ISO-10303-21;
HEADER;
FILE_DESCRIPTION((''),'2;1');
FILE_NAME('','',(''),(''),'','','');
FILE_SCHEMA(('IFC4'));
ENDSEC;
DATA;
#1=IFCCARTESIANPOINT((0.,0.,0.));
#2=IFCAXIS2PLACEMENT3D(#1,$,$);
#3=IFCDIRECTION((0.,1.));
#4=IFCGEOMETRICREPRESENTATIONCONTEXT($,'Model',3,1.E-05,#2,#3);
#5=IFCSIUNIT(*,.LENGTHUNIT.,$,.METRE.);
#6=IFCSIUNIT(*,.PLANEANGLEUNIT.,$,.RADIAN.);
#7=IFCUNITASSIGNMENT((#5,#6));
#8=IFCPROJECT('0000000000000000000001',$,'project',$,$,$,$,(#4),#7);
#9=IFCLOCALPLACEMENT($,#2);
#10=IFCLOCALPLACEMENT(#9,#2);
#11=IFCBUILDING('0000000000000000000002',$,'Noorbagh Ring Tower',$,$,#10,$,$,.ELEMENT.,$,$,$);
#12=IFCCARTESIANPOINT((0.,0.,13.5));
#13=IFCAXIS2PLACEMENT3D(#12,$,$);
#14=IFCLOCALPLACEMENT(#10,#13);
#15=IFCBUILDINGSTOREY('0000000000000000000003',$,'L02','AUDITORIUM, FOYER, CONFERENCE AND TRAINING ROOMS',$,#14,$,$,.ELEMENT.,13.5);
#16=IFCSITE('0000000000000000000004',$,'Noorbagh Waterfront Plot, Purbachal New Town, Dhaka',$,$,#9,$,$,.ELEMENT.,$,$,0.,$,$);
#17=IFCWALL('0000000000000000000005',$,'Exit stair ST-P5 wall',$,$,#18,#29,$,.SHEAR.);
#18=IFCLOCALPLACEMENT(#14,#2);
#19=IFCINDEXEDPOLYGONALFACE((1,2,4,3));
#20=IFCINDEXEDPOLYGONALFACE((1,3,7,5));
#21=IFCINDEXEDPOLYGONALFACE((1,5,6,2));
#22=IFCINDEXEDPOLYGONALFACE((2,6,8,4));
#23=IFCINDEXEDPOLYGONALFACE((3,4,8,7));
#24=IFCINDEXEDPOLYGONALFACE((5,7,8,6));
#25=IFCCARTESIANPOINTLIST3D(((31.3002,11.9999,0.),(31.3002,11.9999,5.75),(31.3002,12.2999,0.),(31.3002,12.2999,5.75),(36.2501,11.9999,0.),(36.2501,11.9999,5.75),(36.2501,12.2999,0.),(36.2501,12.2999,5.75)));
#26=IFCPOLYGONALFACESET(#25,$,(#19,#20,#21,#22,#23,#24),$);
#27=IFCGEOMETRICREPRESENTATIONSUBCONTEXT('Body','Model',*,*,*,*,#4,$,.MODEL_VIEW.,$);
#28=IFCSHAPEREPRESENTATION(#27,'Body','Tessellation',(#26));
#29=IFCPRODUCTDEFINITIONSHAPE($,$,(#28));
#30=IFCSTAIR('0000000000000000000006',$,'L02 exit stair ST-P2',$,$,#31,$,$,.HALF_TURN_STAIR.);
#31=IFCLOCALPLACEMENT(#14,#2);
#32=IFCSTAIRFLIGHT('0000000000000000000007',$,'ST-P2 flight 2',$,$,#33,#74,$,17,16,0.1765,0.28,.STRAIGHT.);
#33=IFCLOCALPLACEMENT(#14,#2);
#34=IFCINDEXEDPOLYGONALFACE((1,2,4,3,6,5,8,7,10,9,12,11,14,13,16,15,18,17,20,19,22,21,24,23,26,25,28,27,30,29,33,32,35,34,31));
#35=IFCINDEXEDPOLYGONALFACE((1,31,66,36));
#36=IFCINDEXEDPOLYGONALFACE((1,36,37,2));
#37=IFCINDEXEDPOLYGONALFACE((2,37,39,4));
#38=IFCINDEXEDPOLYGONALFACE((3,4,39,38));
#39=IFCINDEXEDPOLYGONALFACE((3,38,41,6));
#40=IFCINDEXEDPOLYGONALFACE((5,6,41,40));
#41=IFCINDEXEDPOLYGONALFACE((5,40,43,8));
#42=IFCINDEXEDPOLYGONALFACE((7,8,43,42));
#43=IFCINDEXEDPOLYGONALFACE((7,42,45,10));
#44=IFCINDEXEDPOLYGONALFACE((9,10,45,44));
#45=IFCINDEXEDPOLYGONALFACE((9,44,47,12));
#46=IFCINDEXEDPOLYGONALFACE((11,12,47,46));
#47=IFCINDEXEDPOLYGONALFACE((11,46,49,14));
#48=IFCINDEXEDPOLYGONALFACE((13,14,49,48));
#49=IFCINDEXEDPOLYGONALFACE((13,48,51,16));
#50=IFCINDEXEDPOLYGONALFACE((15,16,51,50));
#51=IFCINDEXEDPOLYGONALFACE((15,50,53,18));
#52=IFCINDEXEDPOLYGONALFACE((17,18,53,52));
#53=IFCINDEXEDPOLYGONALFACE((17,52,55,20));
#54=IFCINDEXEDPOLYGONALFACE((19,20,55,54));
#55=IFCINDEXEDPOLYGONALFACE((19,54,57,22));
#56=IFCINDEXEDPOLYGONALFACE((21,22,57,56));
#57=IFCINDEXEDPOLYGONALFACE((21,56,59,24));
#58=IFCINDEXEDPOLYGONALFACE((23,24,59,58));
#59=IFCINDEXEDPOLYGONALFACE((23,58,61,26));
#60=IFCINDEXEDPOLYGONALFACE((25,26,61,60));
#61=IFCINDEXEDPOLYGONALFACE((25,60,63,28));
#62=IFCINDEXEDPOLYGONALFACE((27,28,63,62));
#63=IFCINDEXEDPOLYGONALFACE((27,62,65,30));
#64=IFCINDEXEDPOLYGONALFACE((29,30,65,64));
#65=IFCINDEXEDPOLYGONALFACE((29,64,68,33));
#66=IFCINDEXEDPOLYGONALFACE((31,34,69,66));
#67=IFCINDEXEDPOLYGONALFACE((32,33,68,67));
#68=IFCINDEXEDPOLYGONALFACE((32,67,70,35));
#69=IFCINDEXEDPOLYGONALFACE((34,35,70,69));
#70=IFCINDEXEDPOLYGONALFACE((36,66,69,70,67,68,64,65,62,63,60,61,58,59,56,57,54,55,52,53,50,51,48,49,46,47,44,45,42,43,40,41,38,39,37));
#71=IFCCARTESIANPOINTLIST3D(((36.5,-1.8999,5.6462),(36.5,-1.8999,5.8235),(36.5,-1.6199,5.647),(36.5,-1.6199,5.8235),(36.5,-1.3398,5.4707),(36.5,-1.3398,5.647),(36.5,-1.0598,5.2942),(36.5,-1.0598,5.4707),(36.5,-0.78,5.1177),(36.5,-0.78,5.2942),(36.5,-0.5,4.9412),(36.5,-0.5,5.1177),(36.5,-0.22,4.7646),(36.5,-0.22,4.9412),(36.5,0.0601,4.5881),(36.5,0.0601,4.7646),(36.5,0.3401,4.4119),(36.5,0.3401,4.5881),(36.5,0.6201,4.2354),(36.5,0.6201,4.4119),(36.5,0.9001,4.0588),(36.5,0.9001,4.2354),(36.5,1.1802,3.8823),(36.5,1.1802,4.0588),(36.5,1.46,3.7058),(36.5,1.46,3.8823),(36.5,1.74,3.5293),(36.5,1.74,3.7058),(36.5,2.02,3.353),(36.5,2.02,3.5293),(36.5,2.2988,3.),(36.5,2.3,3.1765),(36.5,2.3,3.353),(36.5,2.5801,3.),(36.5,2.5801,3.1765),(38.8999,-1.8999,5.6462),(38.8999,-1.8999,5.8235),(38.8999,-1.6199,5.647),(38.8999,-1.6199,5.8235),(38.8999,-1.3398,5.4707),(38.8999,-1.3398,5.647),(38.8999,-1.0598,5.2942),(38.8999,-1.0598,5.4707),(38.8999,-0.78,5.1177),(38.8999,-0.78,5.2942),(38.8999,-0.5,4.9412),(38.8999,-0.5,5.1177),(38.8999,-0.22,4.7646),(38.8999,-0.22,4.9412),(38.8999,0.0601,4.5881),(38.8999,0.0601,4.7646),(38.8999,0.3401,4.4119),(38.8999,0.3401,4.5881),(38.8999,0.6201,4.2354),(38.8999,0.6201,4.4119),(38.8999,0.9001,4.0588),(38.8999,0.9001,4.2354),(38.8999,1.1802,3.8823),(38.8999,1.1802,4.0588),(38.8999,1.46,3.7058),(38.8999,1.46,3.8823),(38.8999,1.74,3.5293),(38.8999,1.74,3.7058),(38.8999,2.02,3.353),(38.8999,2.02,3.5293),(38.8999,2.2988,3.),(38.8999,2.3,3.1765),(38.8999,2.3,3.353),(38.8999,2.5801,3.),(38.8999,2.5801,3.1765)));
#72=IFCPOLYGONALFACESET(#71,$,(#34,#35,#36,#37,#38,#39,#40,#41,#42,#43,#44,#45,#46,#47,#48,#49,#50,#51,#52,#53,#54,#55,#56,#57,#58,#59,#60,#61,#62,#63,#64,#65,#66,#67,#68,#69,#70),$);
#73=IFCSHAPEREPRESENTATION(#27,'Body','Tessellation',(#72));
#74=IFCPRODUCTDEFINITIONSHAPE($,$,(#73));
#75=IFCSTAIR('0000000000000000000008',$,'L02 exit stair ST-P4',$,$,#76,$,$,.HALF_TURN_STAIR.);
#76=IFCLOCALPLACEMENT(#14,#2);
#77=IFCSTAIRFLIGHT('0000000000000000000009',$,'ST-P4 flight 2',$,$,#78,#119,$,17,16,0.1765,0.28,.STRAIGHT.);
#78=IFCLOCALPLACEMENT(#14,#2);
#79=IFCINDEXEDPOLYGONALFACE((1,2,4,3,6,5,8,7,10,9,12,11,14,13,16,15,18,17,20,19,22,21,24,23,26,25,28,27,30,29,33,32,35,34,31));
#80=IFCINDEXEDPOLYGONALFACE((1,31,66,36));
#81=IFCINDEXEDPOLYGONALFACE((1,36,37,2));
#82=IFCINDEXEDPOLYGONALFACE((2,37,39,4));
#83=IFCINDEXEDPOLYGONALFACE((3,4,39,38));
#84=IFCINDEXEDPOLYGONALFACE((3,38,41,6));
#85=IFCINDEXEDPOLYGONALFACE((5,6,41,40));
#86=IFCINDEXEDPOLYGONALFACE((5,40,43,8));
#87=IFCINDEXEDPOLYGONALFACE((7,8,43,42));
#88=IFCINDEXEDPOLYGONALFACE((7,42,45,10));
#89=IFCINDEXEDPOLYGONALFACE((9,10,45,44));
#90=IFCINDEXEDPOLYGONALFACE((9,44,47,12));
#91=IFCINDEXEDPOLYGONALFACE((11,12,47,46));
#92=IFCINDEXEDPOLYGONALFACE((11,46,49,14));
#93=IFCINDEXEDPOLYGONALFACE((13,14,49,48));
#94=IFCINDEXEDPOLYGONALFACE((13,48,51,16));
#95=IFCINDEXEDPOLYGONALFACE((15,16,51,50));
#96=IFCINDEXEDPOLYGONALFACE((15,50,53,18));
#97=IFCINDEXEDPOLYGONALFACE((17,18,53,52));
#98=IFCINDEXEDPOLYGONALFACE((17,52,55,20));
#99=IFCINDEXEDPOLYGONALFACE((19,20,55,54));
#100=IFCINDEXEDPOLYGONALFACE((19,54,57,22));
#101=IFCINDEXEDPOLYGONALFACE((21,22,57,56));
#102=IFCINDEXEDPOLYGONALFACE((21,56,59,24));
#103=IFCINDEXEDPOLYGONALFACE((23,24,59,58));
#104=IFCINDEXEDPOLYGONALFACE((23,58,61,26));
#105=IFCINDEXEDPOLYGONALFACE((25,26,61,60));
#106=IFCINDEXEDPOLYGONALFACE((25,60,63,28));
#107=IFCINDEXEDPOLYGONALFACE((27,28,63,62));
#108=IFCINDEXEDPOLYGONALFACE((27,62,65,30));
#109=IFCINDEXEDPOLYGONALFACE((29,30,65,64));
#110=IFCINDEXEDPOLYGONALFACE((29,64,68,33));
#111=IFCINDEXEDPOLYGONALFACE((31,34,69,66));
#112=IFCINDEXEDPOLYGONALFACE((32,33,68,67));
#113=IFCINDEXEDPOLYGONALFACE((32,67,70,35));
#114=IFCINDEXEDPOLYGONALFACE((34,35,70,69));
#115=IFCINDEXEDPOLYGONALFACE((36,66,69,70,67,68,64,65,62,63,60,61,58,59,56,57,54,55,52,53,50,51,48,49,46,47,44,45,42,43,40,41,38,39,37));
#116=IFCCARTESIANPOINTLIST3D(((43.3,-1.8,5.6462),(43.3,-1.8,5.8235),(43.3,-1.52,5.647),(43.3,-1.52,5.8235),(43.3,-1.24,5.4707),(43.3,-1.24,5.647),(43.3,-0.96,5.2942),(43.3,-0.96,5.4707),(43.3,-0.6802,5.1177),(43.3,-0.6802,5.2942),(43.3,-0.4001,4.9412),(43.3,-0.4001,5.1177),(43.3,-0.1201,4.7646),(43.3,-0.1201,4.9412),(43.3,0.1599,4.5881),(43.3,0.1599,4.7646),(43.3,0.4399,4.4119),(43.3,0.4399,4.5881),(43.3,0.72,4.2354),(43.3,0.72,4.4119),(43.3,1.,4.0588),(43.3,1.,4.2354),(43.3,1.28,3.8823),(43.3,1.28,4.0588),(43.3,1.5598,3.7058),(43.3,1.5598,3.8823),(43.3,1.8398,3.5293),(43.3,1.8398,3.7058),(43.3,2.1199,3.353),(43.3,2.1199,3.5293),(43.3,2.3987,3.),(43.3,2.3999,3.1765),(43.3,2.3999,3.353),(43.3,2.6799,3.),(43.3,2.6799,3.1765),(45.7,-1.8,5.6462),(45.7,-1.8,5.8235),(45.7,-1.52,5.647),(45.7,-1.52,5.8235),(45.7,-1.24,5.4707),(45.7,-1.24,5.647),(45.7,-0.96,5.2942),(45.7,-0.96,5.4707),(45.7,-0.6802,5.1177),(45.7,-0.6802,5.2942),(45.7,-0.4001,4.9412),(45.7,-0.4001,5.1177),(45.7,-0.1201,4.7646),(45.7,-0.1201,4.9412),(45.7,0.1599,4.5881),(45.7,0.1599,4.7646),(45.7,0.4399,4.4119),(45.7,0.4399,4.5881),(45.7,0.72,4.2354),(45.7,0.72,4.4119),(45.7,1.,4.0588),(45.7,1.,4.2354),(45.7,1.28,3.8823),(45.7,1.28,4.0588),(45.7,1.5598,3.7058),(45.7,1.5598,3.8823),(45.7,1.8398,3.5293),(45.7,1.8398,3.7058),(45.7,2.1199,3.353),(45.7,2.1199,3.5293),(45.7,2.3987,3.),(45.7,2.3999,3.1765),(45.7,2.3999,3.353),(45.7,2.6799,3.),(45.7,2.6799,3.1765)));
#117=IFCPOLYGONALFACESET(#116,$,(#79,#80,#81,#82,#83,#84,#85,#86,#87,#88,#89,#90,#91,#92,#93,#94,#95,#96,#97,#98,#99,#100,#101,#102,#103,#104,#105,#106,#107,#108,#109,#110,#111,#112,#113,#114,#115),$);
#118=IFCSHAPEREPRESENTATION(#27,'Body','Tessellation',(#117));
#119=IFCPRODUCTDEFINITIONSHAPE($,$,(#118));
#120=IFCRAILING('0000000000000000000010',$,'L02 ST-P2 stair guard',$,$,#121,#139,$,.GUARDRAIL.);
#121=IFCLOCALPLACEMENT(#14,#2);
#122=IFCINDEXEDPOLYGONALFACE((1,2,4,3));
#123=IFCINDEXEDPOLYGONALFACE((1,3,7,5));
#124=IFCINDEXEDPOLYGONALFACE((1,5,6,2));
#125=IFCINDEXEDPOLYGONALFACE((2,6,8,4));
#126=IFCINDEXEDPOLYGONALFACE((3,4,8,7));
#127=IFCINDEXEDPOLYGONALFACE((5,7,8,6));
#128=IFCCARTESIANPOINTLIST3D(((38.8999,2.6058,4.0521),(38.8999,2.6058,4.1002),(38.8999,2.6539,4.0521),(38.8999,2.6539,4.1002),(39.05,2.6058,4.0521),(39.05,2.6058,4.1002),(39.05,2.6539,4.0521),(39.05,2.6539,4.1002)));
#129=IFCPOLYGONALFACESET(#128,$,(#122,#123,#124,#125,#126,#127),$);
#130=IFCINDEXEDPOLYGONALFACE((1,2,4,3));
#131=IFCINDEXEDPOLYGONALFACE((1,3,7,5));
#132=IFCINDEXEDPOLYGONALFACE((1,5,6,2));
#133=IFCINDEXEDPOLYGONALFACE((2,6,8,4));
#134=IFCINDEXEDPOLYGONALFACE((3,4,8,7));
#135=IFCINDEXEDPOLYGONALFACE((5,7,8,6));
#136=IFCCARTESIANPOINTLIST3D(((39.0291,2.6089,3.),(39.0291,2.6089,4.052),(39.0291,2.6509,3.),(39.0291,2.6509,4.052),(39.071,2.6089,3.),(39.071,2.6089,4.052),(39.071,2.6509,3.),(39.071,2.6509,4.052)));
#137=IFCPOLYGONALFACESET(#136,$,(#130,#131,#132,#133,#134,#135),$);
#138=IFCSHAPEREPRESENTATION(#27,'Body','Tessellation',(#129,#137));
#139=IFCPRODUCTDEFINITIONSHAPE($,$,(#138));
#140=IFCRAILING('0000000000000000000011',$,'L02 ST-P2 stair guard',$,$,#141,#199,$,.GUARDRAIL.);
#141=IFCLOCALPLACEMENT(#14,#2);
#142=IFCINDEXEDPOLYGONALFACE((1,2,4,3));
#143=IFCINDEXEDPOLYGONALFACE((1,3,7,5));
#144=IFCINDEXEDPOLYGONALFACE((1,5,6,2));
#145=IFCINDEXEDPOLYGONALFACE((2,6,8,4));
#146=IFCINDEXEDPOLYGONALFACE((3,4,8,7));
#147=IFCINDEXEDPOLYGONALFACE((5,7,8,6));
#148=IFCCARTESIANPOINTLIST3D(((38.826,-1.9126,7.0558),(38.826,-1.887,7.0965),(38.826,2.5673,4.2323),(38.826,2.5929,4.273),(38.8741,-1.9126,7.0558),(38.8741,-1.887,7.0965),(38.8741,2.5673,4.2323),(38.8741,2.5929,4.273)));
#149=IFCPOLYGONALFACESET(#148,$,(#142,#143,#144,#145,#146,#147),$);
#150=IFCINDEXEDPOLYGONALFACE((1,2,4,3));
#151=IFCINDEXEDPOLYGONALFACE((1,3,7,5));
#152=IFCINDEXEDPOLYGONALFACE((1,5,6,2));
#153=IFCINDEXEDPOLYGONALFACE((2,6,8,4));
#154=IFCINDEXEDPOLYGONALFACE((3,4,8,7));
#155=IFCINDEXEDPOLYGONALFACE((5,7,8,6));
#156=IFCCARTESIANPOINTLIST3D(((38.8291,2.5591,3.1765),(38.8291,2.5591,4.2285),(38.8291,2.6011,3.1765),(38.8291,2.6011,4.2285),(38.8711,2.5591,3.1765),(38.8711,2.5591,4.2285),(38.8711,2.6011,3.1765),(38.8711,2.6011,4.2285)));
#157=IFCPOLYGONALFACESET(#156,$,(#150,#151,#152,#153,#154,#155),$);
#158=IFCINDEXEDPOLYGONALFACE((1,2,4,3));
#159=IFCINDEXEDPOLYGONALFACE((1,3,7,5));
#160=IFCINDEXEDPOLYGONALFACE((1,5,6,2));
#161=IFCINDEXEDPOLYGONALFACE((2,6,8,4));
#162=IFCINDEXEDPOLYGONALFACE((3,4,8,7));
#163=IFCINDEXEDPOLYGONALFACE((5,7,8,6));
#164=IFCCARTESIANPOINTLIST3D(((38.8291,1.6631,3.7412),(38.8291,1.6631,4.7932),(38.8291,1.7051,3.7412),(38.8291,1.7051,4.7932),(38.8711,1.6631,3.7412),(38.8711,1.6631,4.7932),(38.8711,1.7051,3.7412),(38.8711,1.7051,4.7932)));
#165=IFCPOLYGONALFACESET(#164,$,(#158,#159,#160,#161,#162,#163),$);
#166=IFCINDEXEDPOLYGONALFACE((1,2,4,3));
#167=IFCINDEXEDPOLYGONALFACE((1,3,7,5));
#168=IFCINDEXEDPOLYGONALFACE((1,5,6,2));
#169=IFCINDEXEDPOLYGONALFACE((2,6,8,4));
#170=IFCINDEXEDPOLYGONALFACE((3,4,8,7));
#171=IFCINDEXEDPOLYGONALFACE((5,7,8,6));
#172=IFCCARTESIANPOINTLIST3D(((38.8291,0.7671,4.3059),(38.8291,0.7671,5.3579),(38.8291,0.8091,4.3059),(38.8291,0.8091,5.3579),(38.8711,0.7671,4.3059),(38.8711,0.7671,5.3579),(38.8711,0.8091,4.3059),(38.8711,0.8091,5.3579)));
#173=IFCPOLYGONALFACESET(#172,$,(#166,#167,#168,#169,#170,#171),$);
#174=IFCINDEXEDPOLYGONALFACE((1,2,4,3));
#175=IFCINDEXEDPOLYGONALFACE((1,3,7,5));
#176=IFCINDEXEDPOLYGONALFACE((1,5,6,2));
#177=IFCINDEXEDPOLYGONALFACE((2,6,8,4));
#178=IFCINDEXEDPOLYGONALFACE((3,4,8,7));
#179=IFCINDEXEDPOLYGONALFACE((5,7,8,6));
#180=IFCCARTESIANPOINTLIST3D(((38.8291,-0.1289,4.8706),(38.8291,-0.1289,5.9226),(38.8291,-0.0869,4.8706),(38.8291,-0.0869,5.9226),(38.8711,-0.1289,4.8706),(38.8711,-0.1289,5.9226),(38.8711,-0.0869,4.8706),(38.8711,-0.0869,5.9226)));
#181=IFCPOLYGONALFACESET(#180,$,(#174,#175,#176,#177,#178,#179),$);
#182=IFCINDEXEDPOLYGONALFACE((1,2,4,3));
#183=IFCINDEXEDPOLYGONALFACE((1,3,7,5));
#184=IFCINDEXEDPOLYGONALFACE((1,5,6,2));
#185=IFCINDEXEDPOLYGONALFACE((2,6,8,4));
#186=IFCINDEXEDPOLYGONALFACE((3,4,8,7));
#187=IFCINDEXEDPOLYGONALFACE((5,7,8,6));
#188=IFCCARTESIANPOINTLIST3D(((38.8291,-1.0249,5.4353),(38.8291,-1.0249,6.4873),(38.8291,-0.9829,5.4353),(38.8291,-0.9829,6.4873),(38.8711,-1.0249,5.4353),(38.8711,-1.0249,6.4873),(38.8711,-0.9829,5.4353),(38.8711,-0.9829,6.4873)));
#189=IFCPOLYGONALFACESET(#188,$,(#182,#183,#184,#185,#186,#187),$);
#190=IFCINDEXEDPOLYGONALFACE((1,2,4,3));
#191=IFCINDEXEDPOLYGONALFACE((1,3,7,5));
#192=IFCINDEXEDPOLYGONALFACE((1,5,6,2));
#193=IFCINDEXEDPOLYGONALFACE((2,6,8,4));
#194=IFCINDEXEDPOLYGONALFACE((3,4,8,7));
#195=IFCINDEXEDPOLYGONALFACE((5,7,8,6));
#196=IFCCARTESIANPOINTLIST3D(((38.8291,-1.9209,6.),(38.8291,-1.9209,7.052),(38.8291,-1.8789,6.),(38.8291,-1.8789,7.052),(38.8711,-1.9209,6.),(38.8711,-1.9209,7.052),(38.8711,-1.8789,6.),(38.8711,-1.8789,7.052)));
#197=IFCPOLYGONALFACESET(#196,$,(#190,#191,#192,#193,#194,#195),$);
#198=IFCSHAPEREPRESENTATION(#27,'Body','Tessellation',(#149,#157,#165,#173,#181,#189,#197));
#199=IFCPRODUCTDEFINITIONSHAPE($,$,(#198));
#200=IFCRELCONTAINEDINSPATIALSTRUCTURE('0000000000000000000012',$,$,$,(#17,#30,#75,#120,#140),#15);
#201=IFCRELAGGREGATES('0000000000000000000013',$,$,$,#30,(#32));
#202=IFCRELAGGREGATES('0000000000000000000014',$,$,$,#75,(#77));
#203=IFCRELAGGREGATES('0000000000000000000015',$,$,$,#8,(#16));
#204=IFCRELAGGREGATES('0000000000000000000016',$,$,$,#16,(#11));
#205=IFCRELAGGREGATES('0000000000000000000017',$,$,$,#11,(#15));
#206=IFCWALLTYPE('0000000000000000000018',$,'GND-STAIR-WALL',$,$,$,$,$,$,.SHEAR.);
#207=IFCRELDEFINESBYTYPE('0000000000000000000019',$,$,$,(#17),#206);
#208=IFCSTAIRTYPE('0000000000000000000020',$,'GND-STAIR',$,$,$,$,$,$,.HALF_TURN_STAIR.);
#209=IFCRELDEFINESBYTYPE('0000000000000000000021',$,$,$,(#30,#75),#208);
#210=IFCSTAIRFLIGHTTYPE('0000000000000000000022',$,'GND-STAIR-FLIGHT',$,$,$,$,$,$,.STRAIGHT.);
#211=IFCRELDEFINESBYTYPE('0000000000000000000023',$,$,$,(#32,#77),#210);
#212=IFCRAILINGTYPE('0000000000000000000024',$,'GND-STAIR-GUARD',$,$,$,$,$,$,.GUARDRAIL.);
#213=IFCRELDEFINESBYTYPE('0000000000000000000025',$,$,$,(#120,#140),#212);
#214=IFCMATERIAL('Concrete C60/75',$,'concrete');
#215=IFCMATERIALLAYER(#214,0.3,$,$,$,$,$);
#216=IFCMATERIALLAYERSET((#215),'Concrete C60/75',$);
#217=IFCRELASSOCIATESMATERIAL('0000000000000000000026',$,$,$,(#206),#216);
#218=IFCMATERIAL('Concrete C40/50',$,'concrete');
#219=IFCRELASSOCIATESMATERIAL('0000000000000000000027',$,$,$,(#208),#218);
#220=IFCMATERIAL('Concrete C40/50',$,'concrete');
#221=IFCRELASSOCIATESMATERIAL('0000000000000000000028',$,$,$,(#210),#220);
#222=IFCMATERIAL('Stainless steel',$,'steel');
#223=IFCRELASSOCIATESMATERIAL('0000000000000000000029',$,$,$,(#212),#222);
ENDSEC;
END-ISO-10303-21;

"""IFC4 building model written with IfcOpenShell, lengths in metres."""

from ifc_helpers import new_model, si_unit, direction, frame, frame_2d, origin, origin_2d, place, context, subcontext, project, spatial, polyline, rectangle, outline, extrude, material, layer, layer_set, type_object, element, aggregate, save


model = new_model("IFC4")

# Units and contexts
model_context = context("Model", 3, precision=1e-05, world=origin(), true_north=direction((0.0, 1.0)))
body_context = subcontext(model_context, "Body", "Model", "MODEL_VIEW")
ifc_project = project(units=[si_unit("LENGTHUNIT", "METRE"), si_unit("PLANEANGLEUNIT", "RADIAN")], contexts=[model_context])

# Site, building, storey
site_placement = place(None, origin())
site = spatial("IfcSite", under=ifc_project, at=site_placement, Name="Noorbagh Waterfront Plot, Purbachal New Town, Dhaka", CompositionType="ELEMENT", RefElevation=0.0)
building_placement = place(site_placement, origin())
building = spatial("IfcBuilding", under=site, at=building_placement, Name="Noorbagh Ring Tower", CompositionType="ELEMENT")
storey_placement = place(building_placement, frame((0.0, 0.0, 13.5)))
storey = spatial("IfcBuildingStorey", under=building, at=storey_placement, Name="L02", Description="AUDITORIUM, FOYER, CONFERENCE AND TRAINING ROOMS", CompositionType="ELEMENT", Elevation=13.5)

# Wall
ifc_material_1 = material(Name="Concrete C60/75", Category="concrete")
ifc_layer_1 = layer(ifc_material_1, 0.3)
ifc_layer_set_1 = layer_set([ifc_layer_1], Name="Concrete C60/75")
wall_type_1 = type_object("IfcWallType", Name="GND-STAIR-WALL", PredefinedType="SHEAR", material=ifc_layer_set_1)
wall_1_placement = place(storey_placement, frame((31.3, 12.1499, 0.0), z_axis=(0.0, 0.0, 1.0), x_axis=(1.0, 0.0, 0.0)))
element("IfcWall", 1, at=wall_1_placement, inside=storey, type_object=wall_type_1, Name="Exit stair ST-P5 wall", PredefinedType="SHEAR", context=body_context, shape_type="SweptSolid", body=[
    extrude(rectangle(XDim=4.95, YDim=0.3, at=frame_2d((2.4751, 0.0))), origin(), (0.0, 0.0, 1.0), 5.75),
])

# Stairs, stair flights
ifc_material_2 = material(Name="Concrete C40/50", Category="concrete")
stair_type = type_object("IfcStairType", Name="GND-STAIR", PredefinedType="HALF_TURN_STAIR", material=ifc_material_2)
stair_1_placement = place(storey_placement, origin())
stair_1 = element("IfcStair", 2, at=stair_1_placement, inside=storey, type_object=stair_type, Name="L02 exit stair ST-P2", PredefinedType="HALF_TURN_STAIR")
ifc_material_3 = material(Name="Concrete C40/50", Category="concrete")
stair_flight_type = type_object("IfcStairFlightType", Name="GND-STAIR-FLIGHT", PredefinedType="STRAIGHT", material=ifc_material_3)
stair_flight_1_placement = place(storey_placement, frame((37.7, 2.5801, 3.0), z_axis=(0.0, 0.0, 1.0), x_axis=(0.0, -1.0, 0.0)))
stair_flight_1 = element("IfcStairFlight", 3, at=stair_flight_1_placement, type_object=stair_flight_type, Name="ST-P2 flight 2", NumberOfRisers=17, NumberOfTreads=16, PredefinedType="STRAIGHT", RiserHeight=0.1765, TreadLength=0.28, context=body_context, shape_type="SweptSolid", body=[
    extrude(outline(polyline([(0.0, 0.0), (0.0, 0.1765), (0.28, 0.1765), (0.28, 0.353), (0.5601, 0.353), (0.5601, 0.5293), (0.8401, 0.5293), (0.8401, 0.7058), (1.1201, 0.7058), (1.1201, 0.8823), (1.3999, 0.8823), (1.3999, 1.0588), (1.6799, 1.0588), (1.6799, 1.2354), (1.96, 1.2354), (1.96, 1.4119), (2.24, 1.4119), (2.24, 1.5881), (2.52, 1.5881), (2.52, 1.7646), (2.8, 1.7646), (2.8, 1.9412), (3.0801, 1.9412), (3.0801, 2.1177), (3.3601, 2.1177), (3.3601, 2.2942), (3.6399, 2.2942), (3.6399, 2.4707), (3.9199, 2.4707), (3.9199, 2.647), (4.2, 2.647), (4.2, 2.8235), (4.48, 2.8235), (4.48, 3.0), (4.48, 2.6462), (0.2812, 0.0), (0.0, 0.0)])), frame((0.0, 1.2, 0.0), z_axis=(0.0, -1.0, 0.0), x_axis=(1.0, 0.0, 0.0)), (0.0, 0.0, 1.0), 2.3999),
])
aggregate(stair_1, [stair_flight_1])
stair_2_placement = place(storey_placement, origin())
stair_2 = element("IfcStair", 4, at=stair_2_placement, inside=storey, type_object=stair_type, Name="L02 exit stair ST-P4", PredefinedType="HALF_TURN_STAIR")
stair_flight_2_placement = place(storey_placement, frame((44.5, 2.6799, 3.0), z_axis=(0.0, 0.0, 1.0), x_axis=(0.0, -1.0, 0.0)))
stair_flight_2 = element("IfcStairFlight", 5, at=stair_flight_2_placement, type_object=stair_flight_type, Name="ST-P4 flight 2", NumberOfRisers=17, NumberOfTreads=16, PredefinedType="STRAIGHT", RiserHeight=0.1765, TreadLength=0.28, context=body_context, shape_type="SweptSolid", body=[
    extrude(outline(polyline([(0.0, 0.0), (0.0, 0.1765), (0.28, 0.1765), (0.28, 0.353), (0.5601, 0.353), (0.5601, 0.5293), (0.8401, 0.5293), (0.8401, 0.7058), (1.1201, 0.7058), (1.1201, 0.8823), (1.3999, 0.8823), (1.3999, 1.0588), (1.6799, 1.0588), (1.6799, 1.2354), (1.96, 1.2354), (1.96, 1.4119), (2.24, 1.4119), (2.24, 1.5881), (2.52, 1.5881), (2.52, 1.7646), (2.8, 1.7646), (2.8, 1.9412), (3.0801, 1.9412), (3.0801, 2.1177), (3.3601, 2.1177), (3.3601, 2.2942), (3.6399, 2.2942), (3.6399, 2.4707), (3.9199, 2.4707), (3.9199, 2.647), (4.2, 2.647), (4.2, 2.8235), (4.48, 2.8235), (4.48, 3.0), (4.48, 2.6462), (0.2812, 0.0), (0.0, 0.0)])), frame((0.0, 1.2, 0.0), z_axis=(0.0, -1.0, 0.0), x_axis=(1.0, 0.0, 0.0)), (0.0, 0.0, 1.0), 2.3999),
])
aggregate(stair_2, [stair_flight_2])

# Railings
ifc_material_4 = material(Name="Stainless steel", Category="steel")
railing_type = type_object("IfcRailingType", Name="GND-STAIR-GUARD", PredefinedType="GUARDRAIL", material=ifc_material_4)
railing_1_placement = place(storey_placement, frame((39.05, 2.6299, 3.0)))
element("IfcRailing", 6, at=railing_1_placement, inside=storey, type_object=railing_type, Name="L02 ST-P2 stair guard", PredefinedType="GUARDRAIL", context=body_context, shape_type="SweptSolid", body=[
    extrude(rectangle(XDim=0.0481, YDim=0.0481, at=origin_2d()), frame((0.0, 0.0, 1.0762), z_axis=(-1.0, 0.0, 0.0), x_axis=(0.0, -1.0, 0.0)), (0.0, 0.0, 1.0), 0.1501),
    extrude(rectangle(XDim=0.042, YDim=0.042, at=origin_2d()), origin(), (0.0, 0.0, 1.0), 1.052),
])
railing_2_placement = place(storey_placement, frame((38.8501, 2.5801, 3.1765)))
element("IfcRailing", 7, at=railing_2_placement, inside=storey, type_object=railing_type, Name="L02 ST-P2 stair guard", PredefinedType="GUARDRAIL", context=body_context, shape_type="SweptSolid", body=[
    extrude(rectangle(XDim=0.0481, YDim=0.0481, at=origin_2d()), frame((0.0, 0.0, 1.0762), z_axis=(0.0, -0.845998, 0.533186), x_axis=(1.0, 0.0, 0.0)), (0.0, 0.0, 1.0), 5.2954),
    extrude(rectangle(XDim=0.042, YDim=0.042, at=origin_2d()), origin(), (0.0, 0.0, 1.0), 1.052),
    extrude(rectangle(XDim=0.042, YDim=0.042, at=origin_2d()), frame((0.0, -0.896, 0.5647)), (0.0, 0.0, 1.0), 1.052),
    extrude(rectangle(XDim=0.042, YDim=0.042, at=origin_2d()), frame((0.0, -1.792, 1.1294)), (0.0, 0.0, 1.0), 1.052),
    extrude(rectangle(XDim=0.042, YDim=0.042, at=origin_2d()), frame((0.0, -2.688, 1.6941)), (0.0, 0.0, 1.0), 1.052),
    extrude(rectangle(XDim=0.042, YDim=0.042, at=origin_2d()), frame((0.0, -3.584, 2.2588)), (0.0, 0.0, 1.0), 1.052),
    extrude(rectangle(XDim=0.042, YDim=0.042, at=origin_2d()), frame((0.0, -4.48, 2.8235)), (0.0, 0.0, 1.0), 1.052),
])

save(model, "model.ifc")
